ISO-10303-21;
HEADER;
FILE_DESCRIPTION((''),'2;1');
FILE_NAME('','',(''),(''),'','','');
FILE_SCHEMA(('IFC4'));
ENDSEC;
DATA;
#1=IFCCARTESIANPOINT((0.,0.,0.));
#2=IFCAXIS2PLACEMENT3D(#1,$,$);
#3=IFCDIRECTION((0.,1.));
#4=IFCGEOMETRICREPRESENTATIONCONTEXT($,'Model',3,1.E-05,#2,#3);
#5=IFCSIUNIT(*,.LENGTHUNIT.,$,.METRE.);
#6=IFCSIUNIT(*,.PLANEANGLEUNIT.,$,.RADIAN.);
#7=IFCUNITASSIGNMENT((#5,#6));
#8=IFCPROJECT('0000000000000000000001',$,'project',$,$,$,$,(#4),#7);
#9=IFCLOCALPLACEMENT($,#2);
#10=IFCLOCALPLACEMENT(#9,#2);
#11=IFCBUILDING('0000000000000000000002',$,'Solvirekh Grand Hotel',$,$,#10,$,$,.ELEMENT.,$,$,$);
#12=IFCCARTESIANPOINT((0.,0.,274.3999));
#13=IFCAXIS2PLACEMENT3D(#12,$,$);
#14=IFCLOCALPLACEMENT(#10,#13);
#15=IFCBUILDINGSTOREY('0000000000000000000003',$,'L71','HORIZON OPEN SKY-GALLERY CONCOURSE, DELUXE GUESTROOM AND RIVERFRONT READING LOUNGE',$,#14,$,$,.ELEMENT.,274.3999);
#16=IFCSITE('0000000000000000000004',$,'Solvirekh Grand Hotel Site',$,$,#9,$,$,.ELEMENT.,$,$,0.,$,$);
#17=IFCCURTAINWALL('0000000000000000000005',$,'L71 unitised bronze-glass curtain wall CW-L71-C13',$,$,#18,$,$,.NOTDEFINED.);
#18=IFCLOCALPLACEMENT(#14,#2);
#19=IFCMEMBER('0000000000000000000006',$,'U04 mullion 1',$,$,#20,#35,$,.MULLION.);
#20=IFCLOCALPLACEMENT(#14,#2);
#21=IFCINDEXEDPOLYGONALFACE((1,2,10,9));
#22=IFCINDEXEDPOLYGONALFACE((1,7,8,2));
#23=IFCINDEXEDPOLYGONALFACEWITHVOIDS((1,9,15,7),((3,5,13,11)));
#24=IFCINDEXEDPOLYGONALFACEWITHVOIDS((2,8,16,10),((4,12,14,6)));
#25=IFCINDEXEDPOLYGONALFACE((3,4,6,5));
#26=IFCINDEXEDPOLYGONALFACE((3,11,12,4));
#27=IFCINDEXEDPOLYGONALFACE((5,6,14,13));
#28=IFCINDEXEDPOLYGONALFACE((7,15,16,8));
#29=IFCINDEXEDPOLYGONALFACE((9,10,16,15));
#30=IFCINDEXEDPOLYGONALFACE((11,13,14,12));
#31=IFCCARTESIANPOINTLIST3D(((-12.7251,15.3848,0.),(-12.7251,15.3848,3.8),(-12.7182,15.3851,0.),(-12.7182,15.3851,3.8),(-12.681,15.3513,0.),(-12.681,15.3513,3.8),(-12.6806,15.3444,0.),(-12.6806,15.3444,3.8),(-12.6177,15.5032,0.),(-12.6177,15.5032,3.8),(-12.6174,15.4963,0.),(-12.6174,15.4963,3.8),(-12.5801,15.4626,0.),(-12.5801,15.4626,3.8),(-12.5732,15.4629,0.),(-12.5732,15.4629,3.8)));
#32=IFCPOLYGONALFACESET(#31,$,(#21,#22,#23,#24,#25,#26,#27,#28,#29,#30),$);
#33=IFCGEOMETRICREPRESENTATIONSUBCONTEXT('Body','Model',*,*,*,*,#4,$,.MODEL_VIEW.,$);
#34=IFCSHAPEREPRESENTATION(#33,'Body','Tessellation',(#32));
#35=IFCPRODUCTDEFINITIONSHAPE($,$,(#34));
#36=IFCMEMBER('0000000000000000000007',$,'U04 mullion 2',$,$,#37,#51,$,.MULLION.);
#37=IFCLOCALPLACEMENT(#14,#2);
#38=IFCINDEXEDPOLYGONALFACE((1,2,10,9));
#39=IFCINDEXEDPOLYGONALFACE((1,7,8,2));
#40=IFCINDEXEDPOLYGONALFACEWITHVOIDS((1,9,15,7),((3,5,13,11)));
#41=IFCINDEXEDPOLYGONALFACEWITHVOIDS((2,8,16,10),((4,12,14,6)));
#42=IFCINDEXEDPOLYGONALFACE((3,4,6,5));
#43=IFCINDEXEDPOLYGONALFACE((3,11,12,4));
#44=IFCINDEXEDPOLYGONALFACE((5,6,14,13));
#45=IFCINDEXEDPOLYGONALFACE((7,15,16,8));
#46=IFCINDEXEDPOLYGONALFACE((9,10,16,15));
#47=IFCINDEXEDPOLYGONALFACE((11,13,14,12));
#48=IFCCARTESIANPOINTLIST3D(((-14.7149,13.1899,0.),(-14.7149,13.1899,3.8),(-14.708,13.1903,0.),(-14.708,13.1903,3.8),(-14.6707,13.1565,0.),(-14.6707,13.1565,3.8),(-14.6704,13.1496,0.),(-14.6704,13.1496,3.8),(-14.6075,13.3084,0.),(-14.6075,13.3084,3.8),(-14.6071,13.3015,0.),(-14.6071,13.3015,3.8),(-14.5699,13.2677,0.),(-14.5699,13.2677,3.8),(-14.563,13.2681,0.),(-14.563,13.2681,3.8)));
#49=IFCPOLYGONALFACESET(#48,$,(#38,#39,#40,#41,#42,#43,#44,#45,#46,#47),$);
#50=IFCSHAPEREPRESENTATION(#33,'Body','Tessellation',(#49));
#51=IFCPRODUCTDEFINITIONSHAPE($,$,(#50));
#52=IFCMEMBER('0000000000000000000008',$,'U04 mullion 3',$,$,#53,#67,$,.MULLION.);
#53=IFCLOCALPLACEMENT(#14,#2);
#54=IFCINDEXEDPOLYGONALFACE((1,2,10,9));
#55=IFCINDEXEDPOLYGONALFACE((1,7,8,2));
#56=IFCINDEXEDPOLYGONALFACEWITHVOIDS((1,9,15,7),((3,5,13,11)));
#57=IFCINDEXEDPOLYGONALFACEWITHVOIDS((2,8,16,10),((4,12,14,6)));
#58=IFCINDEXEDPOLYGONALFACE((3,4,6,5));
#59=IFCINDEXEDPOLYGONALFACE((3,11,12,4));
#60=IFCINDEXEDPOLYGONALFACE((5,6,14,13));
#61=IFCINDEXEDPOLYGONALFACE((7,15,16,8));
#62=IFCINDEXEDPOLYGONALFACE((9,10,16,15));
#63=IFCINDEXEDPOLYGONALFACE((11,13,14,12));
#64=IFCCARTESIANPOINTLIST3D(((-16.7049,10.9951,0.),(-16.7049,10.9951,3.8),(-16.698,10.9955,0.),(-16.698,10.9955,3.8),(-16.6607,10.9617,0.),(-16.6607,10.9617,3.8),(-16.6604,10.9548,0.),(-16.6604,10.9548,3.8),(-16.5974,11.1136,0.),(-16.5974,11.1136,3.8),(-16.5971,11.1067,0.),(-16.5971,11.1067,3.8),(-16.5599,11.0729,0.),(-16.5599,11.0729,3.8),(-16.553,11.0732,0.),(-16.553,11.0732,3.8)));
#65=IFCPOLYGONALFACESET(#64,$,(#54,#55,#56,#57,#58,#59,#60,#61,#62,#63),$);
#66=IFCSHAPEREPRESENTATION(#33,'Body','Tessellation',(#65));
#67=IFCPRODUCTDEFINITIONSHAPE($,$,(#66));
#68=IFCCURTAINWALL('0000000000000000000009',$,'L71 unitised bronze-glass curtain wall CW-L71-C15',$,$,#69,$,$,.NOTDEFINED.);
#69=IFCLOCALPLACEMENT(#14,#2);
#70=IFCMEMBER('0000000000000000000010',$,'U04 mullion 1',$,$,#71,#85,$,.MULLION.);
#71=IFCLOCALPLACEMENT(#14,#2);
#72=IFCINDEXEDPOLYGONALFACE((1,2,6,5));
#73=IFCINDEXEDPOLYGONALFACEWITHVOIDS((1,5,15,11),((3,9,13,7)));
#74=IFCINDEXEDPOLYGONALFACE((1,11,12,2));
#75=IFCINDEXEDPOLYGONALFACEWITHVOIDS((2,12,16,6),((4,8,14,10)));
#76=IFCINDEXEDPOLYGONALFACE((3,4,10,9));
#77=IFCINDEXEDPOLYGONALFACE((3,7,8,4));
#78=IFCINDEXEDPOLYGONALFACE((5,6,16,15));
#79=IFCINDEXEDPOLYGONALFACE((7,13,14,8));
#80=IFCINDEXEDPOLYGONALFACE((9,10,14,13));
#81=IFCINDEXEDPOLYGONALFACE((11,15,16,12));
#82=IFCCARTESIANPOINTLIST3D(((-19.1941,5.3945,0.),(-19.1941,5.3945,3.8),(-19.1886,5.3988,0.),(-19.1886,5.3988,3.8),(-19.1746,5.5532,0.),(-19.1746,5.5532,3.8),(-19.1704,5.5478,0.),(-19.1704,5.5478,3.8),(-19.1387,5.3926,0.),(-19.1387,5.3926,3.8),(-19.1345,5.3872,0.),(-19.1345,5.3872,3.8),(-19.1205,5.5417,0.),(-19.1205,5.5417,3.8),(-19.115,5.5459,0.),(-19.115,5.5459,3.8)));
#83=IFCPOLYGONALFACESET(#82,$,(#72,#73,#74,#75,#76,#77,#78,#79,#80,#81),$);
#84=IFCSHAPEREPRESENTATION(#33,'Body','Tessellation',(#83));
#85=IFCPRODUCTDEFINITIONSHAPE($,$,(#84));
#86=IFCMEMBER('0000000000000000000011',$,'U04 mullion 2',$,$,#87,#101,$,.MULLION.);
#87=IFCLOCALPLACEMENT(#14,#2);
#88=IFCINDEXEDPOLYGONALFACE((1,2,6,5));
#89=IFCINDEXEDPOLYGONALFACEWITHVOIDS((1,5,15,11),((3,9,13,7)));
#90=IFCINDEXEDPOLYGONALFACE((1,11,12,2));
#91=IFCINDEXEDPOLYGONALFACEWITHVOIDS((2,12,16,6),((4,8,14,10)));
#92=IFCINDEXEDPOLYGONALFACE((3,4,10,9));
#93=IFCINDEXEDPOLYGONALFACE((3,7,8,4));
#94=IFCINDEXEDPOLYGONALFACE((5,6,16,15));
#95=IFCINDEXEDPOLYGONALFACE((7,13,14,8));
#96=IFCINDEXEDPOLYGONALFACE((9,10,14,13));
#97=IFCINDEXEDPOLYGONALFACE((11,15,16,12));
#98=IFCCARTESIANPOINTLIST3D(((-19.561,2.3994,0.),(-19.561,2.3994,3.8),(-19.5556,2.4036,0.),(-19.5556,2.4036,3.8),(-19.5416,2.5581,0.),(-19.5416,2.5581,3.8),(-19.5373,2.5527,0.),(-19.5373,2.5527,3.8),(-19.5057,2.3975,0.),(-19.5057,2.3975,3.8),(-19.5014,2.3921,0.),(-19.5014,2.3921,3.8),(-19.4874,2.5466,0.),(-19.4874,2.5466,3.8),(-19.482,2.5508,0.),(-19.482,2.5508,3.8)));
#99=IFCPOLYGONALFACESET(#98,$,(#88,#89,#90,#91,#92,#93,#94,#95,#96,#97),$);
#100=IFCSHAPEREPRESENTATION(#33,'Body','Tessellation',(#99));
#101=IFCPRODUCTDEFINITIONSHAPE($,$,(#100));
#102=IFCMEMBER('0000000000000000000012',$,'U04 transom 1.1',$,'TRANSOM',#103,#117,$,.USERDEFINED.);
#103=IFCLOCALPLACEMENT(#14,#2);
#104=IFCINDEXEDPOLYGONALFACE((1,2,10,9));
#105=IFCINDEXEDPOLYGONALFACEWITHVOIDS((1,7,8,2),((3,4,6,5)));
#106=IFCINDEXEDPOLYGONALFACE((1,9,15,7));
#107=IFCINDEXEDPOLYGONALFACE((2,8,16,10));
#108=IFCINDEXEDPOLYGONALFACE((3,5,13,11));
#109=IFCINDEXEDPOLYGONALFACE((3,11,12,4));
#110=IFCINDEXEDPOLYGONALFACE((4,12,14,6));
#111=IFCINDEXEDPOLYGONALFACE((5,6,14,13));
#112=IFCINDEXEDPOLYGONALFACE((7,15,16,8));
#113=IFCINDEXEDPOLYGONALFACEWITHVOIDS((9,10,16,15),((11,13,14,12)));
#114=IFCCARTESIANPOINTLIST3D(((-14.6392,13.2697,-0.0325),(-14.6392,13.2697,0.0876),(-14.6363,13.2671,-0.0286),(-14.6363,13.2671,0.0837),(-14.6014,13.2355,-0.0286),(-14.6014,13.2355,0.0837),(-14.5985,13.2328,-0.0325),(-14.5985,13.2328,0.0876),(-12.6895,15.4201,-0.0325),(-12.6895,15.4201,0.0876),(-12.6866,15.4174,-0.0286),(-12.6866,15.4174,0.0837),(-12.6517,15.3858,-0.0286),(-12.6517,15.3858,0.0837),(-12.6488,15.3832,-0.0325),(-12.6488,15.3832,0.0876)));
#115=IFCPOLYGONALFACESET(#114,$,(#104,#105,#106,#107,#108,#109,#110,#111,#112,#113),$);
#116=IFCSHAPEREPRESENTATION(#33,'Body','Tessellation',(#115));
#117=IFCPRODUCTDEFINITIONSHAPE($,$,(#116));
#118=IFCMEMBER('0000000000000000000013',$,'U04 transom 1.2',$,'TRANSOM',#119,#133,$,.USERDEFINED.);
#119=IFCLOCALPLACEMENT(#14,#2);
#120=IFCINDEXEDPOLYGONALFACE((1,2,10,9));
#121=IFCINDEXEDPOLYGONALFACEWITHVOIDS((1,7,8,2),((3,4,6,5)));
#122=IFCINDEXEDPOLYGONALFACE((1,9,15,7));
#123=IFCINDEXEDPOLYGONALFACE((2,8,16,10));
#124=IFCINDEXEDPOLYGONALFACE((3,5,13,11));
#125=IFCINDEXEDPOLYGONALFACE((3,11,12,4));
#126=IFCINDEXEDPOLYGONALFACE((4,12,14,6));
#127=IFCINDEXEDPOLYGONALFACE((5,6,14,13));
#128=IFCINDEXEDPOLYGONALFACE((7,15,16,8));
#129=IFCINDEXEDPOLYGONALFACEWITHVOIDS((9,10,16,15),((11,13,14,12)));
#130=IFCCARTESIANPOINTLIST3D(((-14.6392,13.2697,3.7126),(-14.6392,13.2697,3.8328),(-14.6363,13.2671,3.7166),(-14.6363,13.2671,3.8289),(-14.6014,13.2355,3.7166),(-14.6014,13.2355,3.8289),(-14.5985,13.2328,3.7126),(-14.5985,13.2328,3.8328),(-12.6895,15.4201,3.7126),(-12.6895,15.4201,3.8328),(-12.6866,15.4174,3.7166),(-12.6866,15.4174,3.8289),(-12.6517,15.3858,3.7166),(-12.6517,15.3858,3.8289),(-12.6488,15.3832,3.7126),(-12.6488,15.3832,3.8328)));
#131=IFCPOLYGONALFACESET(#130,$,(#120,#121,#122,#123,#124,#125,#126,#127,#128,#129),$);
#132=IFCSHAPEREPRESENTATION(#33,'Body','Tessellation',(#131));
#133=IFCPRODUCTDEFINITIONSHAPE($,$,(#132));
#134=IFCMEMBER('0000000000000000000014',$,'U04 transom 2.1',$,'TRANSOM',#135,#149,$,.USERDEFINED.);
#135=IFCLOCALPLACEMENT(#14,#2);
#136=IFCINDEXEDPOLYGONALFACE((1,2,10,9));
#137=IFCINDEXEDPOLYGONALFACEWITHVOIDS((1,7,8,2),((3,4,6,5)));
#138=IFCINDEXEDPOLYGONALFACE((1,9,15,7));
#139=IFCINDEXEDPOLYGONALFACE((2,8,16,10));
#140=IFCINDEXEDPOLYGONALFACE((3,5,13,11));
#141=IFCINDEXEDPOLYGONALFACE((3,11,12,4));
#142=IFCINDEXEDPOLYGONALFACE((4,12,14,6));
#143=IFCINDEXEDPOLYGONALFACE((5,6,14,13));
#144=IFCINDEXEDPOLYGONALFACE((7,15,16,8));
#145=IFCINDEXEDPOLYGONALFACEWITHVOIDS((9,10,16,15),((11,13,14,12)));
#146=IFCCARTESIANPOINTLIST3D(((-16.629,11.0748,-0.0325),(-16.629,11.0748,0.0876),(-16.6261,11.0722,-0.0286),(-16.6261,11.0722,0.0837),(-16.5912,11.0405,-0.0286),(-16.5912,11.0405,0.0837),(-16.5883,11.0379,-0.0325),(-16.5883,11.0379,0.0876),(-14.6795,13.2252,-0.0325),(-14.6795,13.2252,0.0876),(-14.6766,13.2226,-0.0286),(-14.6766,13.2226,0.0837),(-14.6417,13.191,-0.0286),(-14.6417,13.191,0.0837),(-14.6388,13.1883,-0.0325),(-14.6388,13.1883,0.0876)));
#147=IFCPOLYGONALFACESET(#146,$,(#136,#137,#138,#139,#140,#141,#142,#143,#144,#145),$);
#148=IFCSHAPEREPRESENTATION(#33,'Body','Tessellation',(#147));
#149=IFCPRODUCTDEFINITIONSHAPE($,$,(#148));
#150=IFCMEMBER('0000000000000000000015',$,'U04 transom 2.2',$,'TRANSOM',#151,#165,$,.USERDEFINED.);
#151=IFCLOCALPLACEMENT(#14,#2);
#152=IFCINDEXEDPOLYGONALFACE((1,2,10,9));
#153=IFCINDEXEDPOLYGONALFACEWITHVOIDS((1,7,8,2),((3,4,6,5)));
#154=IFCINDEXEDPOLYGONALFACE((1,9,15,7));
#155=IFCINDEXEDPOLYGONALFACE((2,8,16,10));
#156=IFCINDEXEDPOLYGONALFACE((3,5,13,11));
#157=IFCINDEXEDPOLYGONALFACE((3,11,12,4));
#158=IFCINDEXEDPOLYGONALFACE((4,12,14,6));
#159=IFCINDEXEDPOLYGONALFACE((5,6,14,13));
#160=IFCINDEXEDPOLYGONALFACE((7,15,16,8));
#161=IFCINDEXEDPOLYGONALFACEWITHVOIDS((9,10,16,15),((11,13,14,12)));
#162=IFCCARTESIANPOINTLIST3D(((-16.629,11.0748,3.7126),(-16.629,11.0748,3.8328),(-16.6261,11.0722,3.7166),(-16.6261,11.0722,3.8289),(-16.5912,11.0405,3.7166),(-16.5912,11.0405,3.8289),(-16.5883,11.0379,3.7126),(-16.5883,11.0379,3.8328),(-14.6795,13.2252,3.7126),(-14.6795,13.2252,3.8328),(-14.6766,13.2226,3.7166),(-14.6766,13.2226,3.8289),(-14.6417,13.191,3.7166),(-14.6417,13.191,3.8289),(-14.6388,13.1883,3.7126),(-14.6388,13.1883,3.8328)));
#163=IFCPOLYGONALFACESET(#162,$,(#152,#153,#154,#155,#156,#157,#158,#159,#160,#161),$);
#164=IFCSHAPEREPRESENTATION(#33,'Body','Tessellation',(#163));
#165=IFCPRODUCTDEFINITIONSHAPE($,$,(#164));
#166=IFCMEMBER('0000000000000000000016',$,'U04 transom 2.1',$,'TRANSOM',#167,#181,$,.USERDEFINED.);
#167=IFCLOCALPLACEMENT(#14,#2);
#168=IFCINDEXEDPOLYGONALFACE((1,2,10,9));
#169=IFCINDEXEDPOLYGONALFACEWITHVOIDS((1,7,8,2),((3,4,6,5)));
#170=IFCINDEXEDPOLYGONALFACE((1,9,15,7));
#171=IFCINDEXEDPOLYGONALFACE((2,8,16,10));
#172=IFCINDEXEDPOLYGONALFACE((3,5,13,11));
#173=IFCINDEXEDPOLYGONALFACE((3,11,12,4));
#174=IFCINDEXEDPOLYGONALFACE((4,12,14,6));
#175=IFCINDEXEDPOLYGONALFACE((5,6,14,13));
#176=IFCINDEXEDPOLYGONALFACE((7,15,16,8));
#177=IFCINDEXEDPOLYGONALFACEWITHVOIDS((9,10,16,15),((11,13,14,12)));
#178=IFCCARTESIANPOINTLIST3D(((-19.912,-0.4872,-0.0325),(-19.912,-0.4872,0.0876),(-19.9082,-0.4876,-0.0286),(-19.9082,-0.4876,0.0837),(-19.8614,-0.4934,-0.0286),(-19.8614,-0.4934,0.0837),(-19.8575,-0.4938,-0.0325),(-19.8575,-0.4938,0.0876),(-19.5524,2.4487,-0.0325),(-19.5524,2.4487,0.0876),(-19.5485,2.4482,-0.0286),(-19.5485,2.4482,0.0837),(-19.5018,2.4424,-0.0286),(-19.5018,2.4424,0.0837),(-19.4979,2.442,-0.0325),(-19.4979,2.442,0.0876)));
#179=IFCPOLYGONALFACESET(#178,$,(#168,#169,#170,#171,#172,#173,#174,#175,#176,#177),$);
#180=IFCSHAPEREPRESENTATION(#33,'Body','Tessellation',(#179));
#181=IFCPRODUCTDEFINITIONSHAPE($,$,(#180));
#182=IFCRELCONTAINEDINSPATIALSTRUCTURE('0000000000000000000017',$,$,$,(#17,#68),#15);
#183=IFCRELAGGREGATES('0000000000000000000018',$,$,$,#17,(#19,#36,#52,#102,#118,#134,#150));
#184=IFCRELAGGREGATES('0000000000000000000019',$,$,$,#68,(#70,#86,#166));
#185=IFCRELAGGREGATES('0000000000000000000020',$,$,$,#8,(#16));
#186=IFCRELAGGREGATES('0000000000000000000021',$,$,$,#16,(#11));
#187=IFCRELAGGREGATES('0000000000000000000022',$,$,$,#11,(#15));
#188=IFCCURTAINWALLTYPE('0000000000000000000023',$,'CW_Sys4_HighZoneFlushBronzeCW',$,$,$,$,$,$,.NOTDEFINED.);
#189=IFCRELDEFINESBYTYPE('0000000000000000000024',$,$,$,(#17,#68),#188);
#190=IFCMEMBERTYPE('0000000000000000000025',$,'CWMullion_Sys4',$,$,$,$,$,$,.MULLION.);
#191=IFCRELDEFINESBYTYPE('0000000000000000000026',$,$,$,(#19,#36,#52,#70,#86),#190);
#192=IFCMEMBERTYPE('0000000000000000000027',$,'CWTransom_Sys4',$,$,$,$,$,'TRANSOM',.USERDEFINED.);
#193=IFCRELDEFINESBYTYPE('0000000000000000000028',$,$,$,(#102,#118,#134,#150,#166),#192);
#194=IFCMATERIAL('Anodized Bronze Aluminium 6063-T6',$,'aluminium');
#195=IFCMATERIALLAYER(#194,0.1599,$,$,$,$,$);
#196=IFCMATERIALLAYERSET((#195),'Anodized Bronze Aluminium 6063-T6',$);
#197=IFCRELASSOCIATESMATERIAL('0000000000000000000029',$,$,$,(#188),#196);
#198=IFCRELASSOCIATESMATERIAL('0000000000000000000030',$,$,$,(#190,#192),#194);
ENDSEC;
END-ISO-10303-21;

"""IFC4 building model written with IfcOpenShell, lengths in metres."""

from ifc_helpers import new_model, si_unit, direction, frame, origin, origin_2d, place, context, subcontext, project, spatial, hollow_rectangle, extrude, source, transform, mapped, material, layer, layer_set, material_profile, profile_set, type_object, element, aggregate, save


model = new_model("IFC4")

# Units and contexts
model_context = context("Model", 3, precision=1e-05, world=origin(), true_north=direction((0.0, 1.0)))
body_context = subcontext(model_context, "Body", "Model", "MODEL_VIEW")
ifc_project = project(units=[si_unit("LENGTHUNIT", "METRE"), si_unit("PLANEANGLEUNIT", "RADIAN")], contexts=[model_context])

# Site, building, storey
site_placement = place(None, origin())
site = spatial("IfcSite", under=ifc_project, at=site_placement, Name="Solvirekh Grand Hotel Site", CompositionType="ELEMENT", RefElevation=0.0)
building_placement = place(site_placement, origin())
building = spatial("IfcBuilding", under=site, at=building_placement, Name="Solvirekh Grand Hotel", CompositionType="ELEMENT")
storey_placement = place(building_placement, frame((0.0, 0.0, 274.3999)))
storey = spatial("IfcBuildingStorey", under=building, at=storey_placement, Name="L71", Description="HORIZON OPEN SKY-GALLERY CONCOURSE, DELUXE GUESTROOM AND RIVERFRONT READING LOUNGE", CompositionType="ELEMENT", Elevation=274.3999)

# Curtain walls, members
ifc_material_1 = material(Name="Anodized Bronze Aluminium 6063-T6", Category="aluminium")
ifc_layer_1 = layer(ifc_material_1, 0.1599)
ifc_layer_set_1 = layer_set([ifc_layer_1], Name="Anodized Bronze Aluminium 6063-T6")
curtain_wall_type = type_object("IfcCurtainWallType", Name="CW_Sys4_HighZoneFlushBronzeCW", PredefinedType="NOTDEFINED", material=ifc_layer_set_1)
curtain_wall_1_placement = place(storey_placement, origin())
curtain_wall_1 = element("IfcCurtainWall", 1, at=curtain_wall_1_placement, inside=storey, type_object=curtain_wall_type, Name="L71 unitised bronze-glass curtain wall CW-L71-C13", PredefinedType="NOTDEFINED")
ifc_material_profile_1 = material_profile(ifc_material_1, hollow_rectangle(XDim=0.0601, YDim=0.1599, WallThickness=0.0049, at=origin_2d()), Name="ALU RHS 160X60X5")
ifc_profile_set_1 = profile_set([ifc_material_profile_1], Name="Anodized Bronze Aluminium 6063-T6")
member_type_1 = type_object("IfcMemberType", Name="CWMullion_Sys4", PredefinedType="MULLION", material=ifc_profile_set_1)
shared_shape_1 = source(origin(), body_context, "Body", "SweptSolid", [
    extrude(hollow_rectangle(XDim=0.0601, YDim=0.1599, WallThickness=0.0049, at=origin_2d()), origin(), (0.0, 0.0, 1.0), 3.8),
])
member_1_placement = place(storey_placement, frame((-12.6492, 15.4238, 0.0), z_axis=(0.0, 0.0, 1.0), x_axis=(0.740847, -0.671674, 0.0)))
member_1 = element("IfcMember", 2, at=member_1_placement, type_object=member_type_1, Name="U04 mullion 1", PredefinedType="MULLION", context=body_context, shape_type="MappedRepresentation", body=[
    mapped(shared_shape_1, transform((0.0, 0.0, 0.0), x_axis=(1.0, 0.0, 0.0), y_axis=(0.0, 1.0, 0.0), z_axis=(0.0, 0.0, 1.0), scale=1.0)),
])
member_2_placement = place(storey_placement, frame((-14.6389, 13.229, 0.0), z_axis=(0.0, 0.0, 1.0), x_axis=(0.740847, -0.671674, 0.0)))
member_2 = element("IfcMember", 3, at=member_2_placement, type_object=member_type_1, Name="U04 mullion 2", PredefinedType="MULLION", context=body_context, shape_type="MappedRepresentation", body=[
    mapped(shared_shape_1, transform((0.0, 0.0, 0.0), x_axis=(1.0, 0.0, 0.0), y_axis=(0.0, 1.0, 0.0), z_axis=(0.0, 0.0, 1.0), scale=1.0)),
])
member_3_placement = place(storey_placement, frame((-16.6289, 11.0342, 0.0), z_axis=(0.0, 0.0, 1.0), x_axis=(0.740847, -0.671674, 0.0)))
member_3 = element("IfcMember", 4, at=member_3_placement, type_object=member_type_1, Name="U04 mullion 3", PredefinedType="MULLION", context=body_context, shape_type="MappedRepresentation", body=[
    mapped(shared_shape_1, transform((0.0, 0.0, 0.0), x_axis=(1.0, 0.0, 0.0), y_axis=(0.0, 1.0, 0.0), z_axis=(0.0, 0.0, 1.0), scale=1.0)),
])
curtain_wall_2_placement = place(storey_placement, origin())
curtain_wall_2 = element("IfcCurtainWall", 5, at=curtain_wall_2_placement, inside=storey, type_object=curtain_wall_type, Name="L71 unitised bronze-glass curtain wall CW-L71-C15", PredefinedType="NOTDEFINED")
member_4_placement = place(storey_placement, frame((-19.1545, 5.4702, 0.0), z_axis=(0.0, 0.0, 1.0), x_axis=(0.992583, -0.121571, 0.0)))
member_4 = element("IfcMember", 6, at=member_4_placement, type_object=member_type_1, Name="U04 mullion 1", PredefinedType="MULLION", context=body_context, shape_type="MappedRepresentation", body=[
    mapped(shared_shape_1, transform((0.0, 0.0, 0.0), x_axis=(1.0, 0.0, 0.0), y_axis=(0.0, 1.0, 0.0), z_axis=(0.0, 0.0, 1.0), scale=1.0)),
])
member_5_placement = place(storey_placement, frame((-19.5215, 2.4751, 0.0), z_axis=(0.0, 0.0, 1.0), x_axis=(0.992583, -0.121571, 0.0)))
member_5 = element("IfcMember", 7, at=member_5_placement, type_object=member_type_1, Name="U04 mullion 2", PredefinedType="MULLION", context=body_context, shape_type="MappedRepresentation", body=[
    mapped(shared_shape_1, transform((0.0, 0.0, 0.0), x_axis=(1.0, 0.0, 0.0), y_axis=(0.0, 1.0, 0.0), z_axis=(0.0, 0.0, 1.0), scale=1.0)),
])

# Members
ifc_material_profile_2 = material_profile(ifc_material_1, hollow_rectangle(XDim=0.0549, YDim=0.1201, WallThickness=0.0039, at=origin_2d()), Name="ALU RHS 120X55X4")
ifc_profile_set_2 = profile_set([ifc_material_profile_2], Name="Anodized Bronze Aluminium 6063-T6")
member_type_2 = type_object("IfcMemberType", Name="CWTransom_Sys4", ElementType="TRANSOM", PredefinedType="USERDEFINED", material=ifc_profile_set_2)
shared_shape_2 = source(origin(), body_context, "Body", "SweptSolid", [
    extrude(hollow_rectangle(XDim=0.0549, YDim=0.1201, WallThickness=0.0039, at=origin_2d()), origin(), (0.0, 0.0, 1.0), 2.9026),
])
member_6_placement = place(storey_placement, frame((-12.6692, 15.4016, 0.0276), z_axis=(-0.671693, -0.74083, 0.0), x_axis=(0.74083, -0.671693, 0.0)))
member_6 = element("IfcMember", 8, at=member_6_placement, type_object=member_type_2, Name="U04 transom 1.1", ObjectType="TRANSOM", PredefinedType="USERDEFINED", context=body_context, shape_type="MappedRepresentation", body=[
    mapped(shared_shape_2, transform((0.0, 0.0, 0.0), x_axis=(1.0, 0.0, 0.0), y_axis=(0.0, 1.0, 0.0), z_axis=(0.0, 0.0, 1.0), scale=1.0)),
])
member_7_placement = place(storey_placement, frame((-12.6692, 15.4016, 3.7727), z_axis=(-0.671693, -0.74083, 0.0), x_axis=(0.74083, -0.671693, 0.0)))
member_7 = element("IfcMember", 9, at=member_7_placement, type_object=member_type_2, Name="U04 transom 1.2", ObjectType="TRANSOM", PredefinedType="USERDEFINED", context=body_context, shape_type="MappedRepresentation", body=[
    mapped(shared_shape_2, transform((0.0, 0.0, 0.0), x_axis=(1.0, 0.0, 0.0), y_axis=(0.0, 1.0, 0.0), z_axis=(0.0, 0.0, 1.0), scale=1.0)),
])
member_8_placement = place(storey_placement, frame((-14.6592, 13.2068, 0.0276), z_axis=(-0.671646, -0.740872, 0.0), x_axis=(0.740872, -0.671646, 0.0)))
member_8 = element("IfcMember", 10, at=member_8_placement, type_object=member_type_2, Name="U04 transom 2.1", ObjectType="TRANSOM", PredefinedType="USERDEFINED", context=body_context, shape_type="MappedRepresentation", body=[
    mapped(shared_shape_2, transform((0.0, 0.0, 0.0), x_axis=(1.0, 0.0, 0.0), y_axis=(0.0, 1.0, 0.0), z_axis=(0.0, 0.0, 1.0), scale=1.0)),
])
member_9_placement = place(storey_placement, frame((-14.6592, 13.2068, 3.7727), z_axis=(-0.671646, -0.740872, 0.0), x_axis=(0.740872, -0.671646, 0.0)))
member_9 = element("IfcMember", 11, at=member_9_placement, type_object=member_type_2, Name="U04 transom 2.2", ObjectType="TRANSOM", PredefinedType="USERDEFINED", context=body_context, shape_type="MappedRepresentation", body=[
    mapped(shared_shape_2, transform((0.0, 0.0, 0.0), x_axis=(1.0, 0.0, 0.0), y_axis=(0.0, 1.0, 0.0), z_axis=(0.0, 0.0, 1.0), scale=1.0)),
])
shared_shape_3 = source(origin(), body_context, "Body", "SweptSolid", [
    extrude(hollow_rectangle(XDim=0.0549, YDim=0.1201, WallThickness=0.0039, at=origin_2d()), origin(), (0.0, 0.0, 1.0), 2.9578),
])
member_10_placement = place(storey_placement, frame((-19.5251, 2.4453, 0.0276), z_axis=(-0.121586, -0.992581, 0.0), x_axis=(0.992581, -0.121586, 0.0)))
member_10 = element("IfcMember", 12, at=member_10_placement, type_object=member_type_2, Name="U04 transom 2.1", ObjectType="TRANSOM", PredefinedType="USERDEFINED", context=body_context, shape_type="MappedRepresentation", body=[
    mapped(shared_shape_3, transform((0.0, 0.0, 0.0), x_axis=(1.0, 0.0, 0.0), y_axis=(0.0, 1.0, 0.0), z_axis=(0.0, 0.0, 1.0), scale=1.0)),
])

aggregate(curtain_wall_1, [member_1, member_2, member_3, member_6, member_7, member_8, member_9])
aggregate(curtain_wall_2, [member_4, member_5, member_10])

save(model, "model.ifc")
